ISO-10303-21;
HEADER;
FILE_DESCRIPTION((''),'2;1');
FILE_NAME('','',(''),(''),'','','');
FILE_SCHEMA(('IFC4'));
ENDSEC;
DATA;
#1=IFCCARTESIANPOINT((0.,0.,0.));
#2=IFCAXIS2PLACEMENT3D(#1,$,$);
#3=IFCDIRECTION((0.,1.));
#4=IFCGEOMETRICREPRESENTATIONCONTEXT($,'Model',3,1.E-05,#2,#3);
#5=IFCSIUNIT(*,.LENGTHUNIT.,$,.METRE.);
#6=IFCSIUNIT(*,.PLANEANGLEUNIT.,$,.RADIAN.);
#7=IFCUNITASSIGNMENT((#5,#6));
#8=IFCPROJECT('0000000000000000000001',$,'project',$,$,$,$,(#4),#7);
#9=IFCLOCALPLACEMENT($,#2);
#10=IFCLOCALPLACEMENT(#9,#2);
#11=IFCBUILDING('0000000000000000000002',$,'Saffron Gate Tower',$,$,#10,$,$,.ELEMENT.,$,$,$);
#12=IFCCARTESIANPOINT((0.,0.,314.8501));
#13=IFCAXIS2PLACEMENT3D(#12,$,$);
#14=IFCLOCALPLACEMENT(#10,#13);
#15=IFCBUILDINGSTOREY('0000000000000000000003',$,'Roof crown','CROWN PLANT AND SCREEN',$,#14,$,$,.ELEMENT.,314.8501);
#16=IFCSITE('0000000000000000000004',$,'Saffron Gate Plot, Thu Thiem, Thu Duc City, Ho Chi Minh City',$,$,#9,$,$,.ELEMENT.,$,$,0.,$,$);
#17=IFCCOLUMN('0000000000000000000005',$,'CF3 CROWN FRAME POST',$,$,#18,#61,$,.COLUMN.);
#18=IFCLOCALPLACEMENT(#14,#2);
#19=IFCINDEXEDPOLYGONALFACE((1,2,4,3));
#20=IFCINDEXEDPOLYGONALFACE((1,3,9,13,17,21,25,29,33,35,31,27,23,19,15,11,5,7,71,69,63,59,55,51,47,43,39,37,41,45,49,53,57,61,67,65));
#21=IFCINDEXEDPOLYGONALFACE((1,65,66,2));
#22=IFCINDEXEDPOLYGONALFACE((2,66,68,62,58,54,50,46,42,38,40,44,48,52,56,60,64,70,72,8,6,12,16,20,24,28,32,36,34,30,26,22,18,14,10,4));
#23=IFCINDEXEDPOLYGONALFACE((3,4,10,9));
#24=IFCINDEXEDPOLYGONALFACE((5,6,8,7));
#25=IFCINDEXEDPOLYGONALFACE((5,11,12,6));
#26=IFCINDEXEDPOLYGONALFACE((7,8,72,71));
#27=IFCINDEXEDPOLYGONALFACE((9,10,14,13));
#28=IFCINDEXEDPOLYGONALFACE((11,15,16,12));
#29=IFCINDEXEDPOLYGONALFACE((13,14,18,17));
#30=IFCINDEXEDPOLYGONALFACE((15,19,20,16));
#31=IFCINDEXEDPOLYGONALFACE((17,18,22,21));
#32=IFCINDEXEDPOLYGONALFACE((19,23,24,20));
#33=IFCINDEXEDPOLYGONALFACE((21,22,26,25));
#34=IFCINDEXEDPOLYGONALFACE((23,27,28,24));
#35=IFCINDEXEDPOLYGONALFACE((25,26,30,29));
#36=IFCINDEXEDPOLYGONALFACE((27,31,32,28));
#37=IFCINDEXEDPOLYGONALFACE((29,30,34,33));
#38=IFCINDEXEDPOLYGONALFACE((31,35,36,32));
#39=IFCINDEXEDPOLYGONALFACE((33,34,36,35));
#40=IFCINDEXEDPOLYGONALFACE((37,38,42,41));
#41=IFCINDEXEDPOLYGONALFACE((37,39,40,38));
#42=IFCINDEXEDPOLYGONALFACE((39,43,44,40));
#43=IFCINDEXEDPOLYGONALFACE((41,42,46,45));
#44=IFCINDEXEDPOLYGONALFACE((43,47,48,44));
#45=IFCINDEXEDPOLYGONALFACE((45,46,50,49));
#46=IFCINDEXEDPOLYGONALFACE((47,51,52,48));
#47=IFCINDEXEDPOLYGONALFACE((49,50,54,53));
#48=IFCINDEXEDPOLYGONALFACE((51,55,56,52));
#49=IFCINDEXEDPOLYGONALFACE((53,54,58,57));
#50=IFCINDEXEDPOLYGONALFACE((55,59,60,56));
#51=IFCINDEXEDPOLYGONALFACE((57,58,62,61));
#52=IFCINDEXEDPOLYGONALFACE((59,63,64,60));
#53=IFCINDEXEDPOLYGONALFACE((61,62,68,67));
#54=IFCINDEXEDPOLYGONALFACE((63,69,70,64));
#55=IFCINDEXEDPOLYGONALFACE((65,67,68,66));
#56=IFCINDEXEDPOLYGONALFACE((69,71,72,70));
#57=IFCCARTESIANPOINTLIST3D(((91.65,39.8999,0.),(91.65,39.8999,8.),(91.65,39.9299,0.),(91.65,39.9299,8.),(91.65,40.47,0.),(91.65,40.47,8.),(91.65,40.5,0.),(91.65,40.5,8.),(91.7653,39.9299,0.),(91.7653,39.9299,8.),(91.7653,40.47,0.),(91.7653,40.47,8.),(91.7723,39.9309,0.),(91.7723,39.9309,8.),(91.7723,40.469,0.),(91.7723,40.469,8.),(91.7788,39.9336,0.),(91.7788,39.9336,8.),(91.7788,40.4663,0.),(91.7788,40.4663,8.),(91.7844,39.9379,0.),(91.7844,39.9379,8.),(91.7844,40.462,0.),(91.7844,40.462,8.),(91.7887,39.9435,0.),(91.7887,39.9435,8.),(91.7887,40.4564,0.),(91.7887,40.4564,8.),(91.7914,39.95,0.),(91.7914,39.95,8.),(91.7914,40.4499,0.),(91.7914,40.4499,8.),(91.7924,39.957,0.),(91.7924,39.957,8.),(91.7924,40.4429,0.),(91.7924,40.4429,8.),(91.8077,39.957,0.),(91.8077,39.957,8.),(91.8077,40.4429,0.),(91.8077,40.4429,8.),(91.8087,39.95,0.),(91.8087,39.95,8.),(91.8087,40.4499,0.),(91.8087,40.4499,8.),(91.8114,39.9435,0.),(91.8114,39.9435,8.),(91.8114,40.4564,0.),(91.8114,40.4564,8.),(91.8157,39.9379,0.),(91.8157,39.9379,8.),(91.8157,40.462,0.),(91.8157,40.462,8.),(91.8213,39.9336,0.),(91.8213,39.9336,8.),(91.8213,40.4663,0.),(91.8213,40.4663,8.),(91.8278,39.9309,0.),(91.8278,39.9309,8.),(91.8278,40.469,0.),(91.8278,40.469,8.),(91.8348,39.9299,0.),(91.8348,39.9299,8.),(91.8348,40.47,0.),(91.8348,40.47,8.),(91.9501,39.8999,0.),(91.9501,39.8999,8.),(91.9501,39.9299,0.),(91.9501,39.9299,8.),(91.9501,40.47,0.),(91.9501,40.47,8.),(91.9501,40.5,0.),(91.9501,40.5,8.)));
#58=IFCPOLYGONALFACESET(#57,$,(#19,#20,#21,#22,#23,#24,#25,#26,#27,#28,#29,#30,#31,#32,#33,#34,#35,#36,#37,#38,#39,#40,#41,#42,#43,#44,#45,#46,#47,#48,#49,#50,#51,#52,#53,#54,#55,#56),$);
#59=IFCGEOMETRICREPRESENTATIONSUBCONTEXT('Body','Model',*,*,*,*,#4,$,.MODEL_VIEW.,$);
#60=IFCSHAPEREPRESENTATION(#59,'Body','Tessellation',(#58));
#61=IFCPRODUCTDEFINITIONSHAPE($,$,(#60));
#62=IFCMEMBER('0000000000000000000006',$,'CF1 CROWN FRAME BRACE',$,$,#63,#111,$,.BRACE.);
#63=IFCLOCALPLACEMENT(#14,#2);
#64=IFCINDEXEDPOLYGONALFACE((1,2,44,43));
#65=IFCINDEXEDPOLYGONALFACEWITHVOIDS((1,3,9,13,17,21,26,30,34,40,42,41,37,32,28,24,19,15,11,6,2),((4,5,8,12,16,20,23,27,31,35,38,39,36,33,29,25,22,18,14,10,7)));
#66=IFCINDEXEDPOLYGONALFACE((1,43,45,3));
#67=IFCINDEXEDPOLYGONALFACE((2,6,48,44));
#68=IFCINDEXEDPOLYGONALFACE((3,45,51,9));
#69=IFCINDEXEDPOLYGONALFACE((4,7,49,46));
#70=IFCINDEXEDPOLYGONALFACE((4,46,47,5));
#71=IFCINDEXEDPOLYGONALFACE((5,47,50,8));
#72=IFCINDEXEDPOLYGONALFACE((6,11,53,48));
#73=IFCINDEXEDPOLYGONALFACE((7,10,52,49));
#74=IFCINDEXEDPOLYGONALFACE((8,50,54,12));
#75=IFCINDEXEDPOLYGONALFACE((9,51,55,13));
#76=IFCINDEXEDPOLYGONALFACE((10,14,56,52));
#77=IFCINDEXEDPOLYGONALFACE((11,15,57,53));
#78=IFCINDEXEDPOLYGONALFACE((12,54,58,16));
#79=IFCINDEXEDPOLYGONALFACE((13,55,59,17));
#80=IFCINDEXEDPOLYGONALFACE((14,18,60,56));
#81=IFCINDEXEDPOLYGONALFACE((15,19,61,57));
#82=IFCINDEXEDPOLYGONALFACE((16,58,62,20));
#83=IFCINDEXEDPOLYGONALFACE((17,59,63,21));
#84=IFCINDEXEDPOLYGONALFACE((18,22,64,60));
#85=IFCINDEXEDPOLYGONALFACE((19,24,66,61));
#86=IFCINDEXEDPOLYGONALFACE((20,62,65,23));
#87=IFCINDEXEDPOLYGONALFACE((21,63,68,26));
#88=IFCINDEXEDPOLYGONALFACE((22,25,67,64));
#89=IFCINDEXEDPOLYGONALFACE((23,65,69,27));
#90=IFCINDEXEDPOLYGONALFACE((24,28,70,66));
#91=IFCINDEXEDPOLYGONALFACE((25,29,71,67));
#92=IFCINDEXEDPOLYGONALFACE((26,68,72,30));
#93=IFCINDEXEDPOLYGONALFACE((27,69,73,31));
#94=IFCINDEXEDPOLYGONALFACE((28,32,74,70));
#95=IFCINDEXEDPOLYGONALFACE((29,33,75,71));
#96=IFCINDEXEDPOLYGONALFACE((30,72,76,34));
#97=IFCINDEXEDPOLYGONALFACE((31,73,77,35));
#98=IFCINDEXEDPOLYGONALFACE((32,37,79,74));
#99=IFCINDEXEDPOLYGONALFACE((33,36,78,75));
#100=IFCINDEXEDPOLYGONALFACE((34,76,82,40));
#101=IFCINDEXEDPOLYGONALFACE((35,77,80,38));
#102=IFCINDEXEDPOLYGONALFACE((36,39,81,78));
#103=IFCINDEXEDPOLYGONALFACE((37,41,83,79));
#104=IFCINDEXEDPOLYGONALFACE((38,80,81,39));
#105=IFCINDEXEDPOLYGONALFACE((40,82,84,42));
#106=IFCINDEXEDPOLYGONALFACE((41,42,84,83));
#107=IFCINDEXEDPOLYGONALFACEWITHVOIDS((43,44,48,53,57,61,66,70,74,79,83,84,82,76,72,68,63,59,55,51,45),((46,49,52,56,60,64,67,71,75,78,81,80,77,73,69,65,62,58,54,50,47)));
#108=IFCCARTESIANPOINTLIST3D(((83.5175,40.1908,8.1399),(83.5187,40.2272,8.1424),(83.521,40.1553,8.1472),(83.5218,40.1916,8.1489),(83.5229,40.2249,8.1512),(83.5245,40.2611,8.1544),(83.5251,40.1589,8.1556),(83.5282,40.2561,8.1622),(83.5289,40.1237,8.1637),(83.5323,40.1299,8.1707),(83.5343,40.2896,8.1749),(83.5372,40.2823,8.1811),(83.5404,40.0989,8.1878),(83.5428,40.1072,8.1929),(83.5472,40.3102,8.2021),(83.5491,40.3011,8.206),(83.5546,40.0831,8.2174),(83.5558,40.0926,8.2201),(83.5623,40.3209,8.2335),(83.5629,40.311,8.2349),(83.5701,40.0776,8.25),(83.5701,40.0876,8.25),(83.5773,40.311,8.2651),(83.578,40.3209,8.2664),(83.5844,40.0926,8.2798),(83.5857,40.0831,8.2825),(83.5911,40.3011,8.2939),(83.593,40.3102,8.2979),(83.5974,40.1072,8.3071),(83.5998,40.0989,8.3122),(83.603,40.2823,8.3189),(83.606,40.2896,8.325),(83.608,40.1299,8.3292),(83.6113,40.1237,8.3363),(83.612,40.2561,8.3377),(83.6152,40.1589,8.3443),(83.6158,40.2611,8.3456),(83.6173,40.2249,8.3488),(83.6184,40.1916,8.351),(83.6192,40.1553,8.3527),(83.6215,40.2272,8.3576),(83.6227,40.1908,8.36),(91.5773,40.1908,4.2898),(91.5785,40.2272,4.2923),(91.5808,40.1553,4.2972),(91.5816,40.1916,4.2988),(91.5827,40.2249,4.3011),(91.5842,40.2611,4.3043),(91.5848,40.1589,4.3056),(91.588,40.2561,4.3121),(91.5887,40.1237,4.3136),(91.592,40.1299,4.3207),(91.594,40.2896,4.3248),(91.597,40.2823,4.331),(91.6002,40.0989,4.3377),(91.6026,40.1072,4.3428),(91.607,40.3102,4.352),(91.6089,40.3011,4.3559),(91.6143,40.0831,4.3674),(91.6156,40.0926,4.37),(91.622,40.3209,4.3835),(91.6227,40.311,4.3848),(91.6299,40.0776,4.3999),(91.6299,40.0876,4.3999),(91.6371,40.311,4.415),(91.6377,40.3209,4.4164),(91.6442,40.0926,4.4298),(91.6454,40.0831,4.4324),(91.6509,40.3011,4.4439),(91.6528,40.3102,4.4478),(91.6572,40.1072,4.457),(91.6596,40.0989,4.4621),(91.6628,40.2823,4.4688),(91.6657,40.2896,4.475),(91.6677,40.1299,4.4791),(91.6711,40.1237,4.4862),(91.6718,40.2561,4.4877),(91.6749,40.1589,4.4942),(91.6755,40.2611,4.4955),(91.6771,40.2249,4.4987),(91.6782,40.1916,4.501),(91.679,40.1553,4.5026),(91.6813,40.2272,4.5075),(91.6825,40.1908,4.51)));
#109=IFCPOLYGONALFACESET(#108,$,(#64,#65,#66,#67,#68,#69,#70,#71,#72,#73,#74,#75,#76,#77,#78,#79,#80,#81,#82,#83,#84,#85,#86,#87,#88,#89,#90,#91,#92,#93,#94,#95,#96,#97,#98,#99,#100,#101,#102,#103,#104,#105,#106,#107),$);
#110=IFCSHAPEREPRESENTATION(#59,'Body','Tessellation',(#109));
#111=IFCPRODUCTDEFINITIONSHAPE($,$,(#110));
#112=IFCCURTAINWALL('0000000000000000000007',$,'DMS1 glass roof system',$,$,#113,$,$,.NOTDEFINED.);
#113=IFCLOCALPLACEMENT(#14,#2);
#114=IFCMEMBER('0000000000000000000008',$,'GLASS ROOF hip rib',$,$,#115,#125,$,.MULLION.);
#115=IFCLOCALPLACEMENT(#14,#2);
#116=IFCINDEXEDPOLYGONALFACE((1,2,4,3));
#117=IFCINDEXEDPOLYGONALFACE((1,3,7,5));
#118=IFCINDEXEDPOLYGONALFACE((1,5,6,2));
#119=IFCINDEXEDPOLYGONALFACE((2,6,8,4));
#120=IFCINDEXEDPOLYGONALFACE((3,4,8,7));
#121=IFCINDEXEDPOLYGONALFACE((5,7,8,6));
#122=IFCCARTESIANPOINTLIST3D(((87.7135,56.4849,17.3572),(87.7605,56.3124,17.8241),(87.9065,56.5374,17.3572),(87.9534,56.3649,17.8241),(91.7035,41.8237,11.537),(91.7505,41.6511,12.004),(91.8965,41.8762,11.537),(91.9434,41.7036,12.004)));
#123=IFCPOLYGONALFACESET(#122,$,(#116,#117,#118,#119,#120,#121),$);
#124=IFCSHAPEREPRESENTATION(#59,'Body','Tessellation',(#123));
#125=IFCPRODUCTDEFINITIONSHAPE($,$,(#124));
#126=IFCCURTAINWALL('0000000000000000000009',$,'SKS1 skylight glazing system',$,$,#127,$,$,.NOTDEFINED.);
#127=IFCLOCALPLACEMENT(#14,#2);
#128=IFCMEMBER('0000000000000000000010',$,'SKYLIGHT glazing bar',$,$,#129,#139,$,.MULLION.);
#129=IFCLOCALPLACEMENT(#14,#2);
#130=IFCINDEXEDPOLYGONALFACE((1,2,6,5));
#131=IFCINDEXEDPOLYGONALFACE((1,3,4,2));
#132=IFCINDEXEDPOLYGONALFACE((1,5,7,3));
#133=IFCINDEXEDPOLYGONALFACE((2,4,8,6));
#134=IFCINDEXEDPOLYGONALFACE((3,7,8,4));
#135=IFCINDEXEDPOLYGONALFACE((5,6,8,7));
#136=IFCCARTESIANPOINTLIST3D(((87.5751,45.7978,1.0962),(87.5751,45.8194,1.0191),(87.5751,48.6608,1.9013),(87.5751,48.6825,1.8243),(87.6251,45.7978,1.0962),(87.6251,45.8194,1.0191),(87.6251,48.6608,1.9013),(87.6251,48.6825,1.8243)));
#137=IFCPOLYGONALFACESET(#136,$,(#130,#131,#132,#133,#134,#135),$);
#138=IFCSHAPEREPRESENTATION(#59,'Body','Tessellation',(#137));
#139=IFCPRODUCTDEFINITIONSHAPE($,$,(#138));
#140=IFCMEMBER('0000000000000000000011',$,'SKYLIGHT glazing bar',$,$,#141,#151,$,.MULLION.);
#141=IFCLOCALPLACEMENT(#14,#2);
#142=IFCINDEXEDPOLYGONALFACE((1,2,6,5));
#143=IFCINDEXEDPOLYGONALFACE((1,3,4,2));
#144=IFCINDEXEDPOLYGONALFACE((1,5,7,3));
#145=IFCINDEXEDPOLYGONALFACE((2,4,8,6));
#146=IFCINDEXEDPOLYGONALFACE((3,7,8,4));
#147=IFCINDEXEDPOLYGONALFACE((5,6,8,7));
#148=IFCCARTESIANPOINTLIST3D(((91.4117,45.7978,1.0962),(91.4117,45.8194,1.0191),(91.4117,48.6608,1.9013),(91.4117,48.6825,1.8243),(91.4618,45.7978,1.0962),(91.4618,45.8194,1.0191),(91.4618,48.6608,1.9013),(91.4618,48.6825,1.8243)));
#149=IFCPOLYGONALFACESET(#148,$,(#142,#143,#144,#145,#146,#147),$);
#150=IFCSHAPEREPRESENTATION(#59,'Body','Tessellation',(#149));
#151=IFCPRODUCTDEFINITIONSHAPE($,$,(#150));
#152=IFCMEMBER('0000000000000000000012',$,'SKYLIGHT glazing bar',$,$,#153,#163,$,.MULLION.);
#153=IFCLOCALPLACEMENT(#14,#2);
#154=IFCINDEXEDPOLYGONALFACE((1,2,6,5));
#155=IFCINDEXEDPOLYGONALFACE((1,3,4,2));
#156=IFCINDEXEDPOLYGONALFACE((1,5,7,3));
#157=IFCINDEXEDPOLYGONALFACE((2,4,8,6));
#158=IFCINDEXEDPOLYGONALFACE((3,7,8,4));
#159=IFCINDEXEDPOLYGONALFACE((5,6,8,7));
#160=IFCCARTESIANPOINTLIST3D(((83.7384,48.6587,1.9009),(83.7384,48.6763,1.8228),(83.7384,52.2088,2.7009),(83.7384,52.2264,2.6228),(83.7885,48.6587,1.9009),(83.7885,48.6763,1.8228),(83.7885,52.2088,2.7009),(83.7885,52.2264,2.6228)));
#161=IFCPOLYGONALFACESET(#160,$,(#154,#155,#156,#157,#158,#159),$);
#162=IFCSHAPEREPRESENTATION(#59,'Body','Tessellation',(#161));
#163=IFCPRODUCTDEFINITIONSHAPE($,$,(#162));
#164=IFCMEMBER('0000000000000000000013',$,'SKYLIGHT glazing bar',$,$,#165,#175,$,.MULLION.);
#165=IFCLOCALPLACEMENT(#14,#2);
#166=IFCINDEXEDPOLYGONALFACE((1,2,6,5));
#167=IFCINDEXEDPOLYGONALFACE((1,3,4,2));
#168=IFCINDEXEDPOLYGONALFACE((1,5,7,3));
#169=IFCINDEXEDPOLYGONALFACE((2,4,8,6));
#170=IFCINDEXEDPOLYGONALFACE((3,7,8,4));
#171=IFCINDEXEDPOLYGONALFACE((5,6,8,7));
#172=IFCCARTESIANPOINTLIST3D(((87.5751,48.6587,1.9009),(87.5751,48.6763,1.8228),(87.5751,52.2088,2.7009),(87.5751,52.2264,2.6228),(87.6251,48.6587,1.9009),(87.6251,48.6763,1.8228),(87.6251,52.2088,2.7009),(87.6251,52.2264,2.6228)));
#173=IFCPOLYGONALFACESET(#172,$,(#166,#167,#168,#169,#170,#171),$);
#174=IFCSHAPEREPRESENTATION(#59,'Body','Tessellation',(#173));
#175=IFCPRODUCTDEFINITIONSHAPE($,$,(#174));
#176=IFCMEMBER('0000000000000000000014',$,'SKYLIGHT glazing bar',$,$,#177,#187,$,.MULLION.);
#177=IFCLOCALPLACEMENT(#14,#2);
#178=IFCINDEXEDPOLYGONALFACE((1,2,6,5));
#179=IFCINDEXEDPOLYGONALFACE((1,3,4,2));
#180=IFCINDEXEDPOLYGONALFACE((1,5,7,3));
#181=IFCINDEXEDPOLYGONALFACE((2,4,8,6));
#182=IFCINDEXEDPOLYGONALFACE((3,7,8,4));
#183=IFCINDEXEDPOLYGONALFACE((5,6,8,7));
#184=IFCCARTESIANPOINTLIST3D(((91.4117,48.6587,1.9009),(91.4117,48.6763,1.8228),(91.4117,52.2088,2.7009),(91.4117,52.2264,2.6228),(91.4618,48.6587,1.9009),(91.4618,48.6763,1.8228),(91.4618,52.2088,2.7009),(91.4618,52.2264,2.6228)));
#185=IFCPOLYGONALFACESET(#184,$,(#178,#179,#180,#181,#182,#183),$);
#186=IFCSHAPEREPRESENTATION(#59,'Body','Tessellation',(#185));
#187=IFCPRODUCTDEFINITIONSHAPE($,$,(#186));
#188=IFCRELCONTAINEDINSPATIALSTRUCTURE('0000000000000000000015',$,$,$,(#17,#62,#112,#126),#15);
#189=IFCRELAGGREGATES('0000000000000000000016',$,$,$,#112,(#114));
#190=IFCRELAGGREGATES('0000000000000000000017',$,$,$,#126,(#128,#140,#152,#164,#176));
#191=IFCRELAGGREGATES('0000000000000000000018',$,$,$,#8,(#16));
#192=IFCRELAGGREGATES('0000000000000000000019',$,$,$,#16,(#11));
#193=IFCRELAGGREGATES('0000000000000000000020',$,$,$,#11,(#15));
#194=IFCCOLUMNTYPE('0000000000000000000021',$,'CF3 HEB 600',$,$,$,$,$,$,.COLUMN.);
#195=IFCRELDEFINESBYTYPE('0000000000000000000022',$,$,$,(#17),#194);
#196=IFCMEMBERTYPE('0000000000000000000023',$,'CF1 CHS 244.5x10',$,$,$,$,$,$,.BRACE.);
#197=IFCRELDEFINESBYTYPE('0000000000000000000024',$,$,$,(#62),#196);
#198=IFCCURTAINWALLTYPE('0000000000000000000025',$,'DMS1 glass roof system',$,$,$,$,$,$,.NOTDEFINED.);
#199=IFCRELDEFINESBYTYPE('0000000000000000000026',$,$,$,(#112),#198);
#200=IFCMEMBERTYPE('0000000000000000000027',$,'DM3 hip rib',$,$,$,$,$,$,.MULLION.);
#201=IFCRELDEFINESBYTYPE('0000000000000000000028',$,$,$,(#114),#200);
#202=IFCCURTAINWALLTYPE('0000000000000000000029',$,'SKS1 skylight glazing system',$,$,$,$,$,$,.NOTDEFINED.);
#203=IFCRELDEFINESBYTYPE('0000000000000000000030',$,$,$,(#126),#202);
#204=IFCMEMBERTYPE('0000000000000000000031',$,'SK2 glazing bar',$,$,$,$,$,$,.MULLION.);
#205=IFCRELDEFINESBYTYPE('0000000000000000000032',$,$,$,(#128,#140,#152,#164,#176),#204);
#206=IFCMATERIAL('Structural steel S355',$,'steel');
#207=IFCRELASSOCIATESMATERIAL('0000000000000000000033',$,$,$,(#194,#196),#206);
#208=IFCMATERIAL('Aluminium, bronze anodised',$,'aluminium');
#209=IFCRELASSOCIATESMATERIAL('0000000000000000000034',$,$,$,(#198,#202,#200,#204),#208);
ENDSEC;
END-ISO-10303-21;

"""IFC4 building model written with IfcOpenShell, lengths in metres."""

from ifc_helpers import new_model, si_unit, direction, frame, origin, origin_2d, place, context, subcontext, project, spatial, rectangle, hollow_circle, i_section, extrude, material, material_profile, profile_set, type_object, element, aggregate, save


model = new_model("IFC4")

# Units and contexts
model_context = context("Model", 3, precision=1e-05, world=origin(), true_north=direction((0.0, 1.0)))
body_context = subcontext(model_context, "Body", "Model", "MODEL_VIEW")
ifc_project = project(units=[si_unit("LENGTHUNIT", "METRE"), si_unit("PLANEANGLEUNIT", "RADIAN")], contexts=[model_context])

# Site, building, storey
site_placement = place(None, origin())
site = spatial("IfcSite", under=ifc_project, at=site_placement, Name="Saffron Gate Plot, Thu Thiem, Thu Duc City, Ho Chi Minh City", CompositionType="ELEMENT", RefElevation=0.0)
building_placement = place(site_placement, origin())
building = spatial("IfcBuilding", under=site, at=building_placement, Name="Saffron Gate Tower", CompositionType="ELEMENT")
storey_placement = place(building_placement, frame((0.0, 0.0, 314.8501)))
storey = spatial("IfcBuildingStorey", under=building, at=storey_placement, Name="Roof crown", Description="CROWN PLANT AND SCREEN", CompositionType="ELEMENT", Elevation=314.8501)

# Column
ifc_material_1 = material(Name="Structural steel S355", Category="steel")
ifc_material_profile_1 = material_profile(ifc_material_1, i_section(OverallWidth=0.3, OverallDepth=0.6001, WebThickness=0.0154, FlangeThickness=0.03, FilletRadius=0.0271, at=origin_2d()))
ifc_profile_set_1 = profile_set([ifc_material_profile_1], Name="Structural steel S355")
column_type = type_object("IfcColumnType", Name="CF3 HEB 600", PredefinedType="COLUMN", material=ifc_profile_set_1)
column_placement = place(storey_placement, frame((91.8, 40.2, 0.0), z_axis=(0.0, 0.0, 1.0), x_axis=(1.0, 0.0, 0.0)))
element("IfcColumn", 1, at=column_placement, inside=storey, type_object=column_type, Name="CF3 CROWN FRAME POST", PredefinedType="COLUMN", context=body_context, shape_type="SweptSolid", body=[
    extrude(i_section(OverallWidth=0.3, OverallDepth=0.6001, WebThickness=0.0154, FlangeThickness=0.03, FilletRadius=0.0271, at=origin_2d()), origin(), (0.0, 0.0, 1.0), 8.0),
])

# Member
ifc_material_profile_2 = material_profile(ifc_material_1, hollow_circle(Radius=0.1223, WallThickness=0.01, at=origin_2d()))
ifc_profile_set_2 = profile_set([ifc_material_profile_2], Name="Structural steel S355")
member_type_1 = type_object("IfcMemberType", Name="CF1 CHS 244.5x10", PredefinedType="BRACE", material=ifc_profile_set_2)
member_1_placement = place(storey_placement, frame((91.6299, 40.2, 4.3999), z_axis=(-0.902334, 0.0, 0.431037), x_axis=(0.0, -1.0, 0.0)))
element("IfcMember", 2, at=member_1_placement, inside=storey, type_object=member_type_1, Name="CF1 CROWN FRAME BRACE", PredefinedType="BRACE", context=body_context, shape_type="SweptSolid", body=[
    extrude(hollow_circle(Radius=0.1223, WallThickness=0.01, at=origin_2d()), origin(), (0.0, 0.0, 1.0), 8.9321),
])

# Curtain wall, member
ifc_material_2 = material(Name="Aluminium, bronze anodised", Category="aluminium")
curtain_wall_type_1 = type_object("IfcCurtainWallType", Name="DMS1 glass roof system", PredefinedType="NOTDEFINED", material=ifc_material_2)
curtain_wall_1_placement = place(storey_placement, origin())
curtain_wall_1 = element("IfcCurtainWall", 3, at=curtain_wall_1_placement, inside=storey, type_object=curtain_wall_type_1, Name="DMS1 glass roof system", PredefinedType="NOTDEFINED")
ifc_material_profile_3 = material_profile(ifc_material_2, rectangle(XDim=0.2, YDim=0.5, at=origin_2d()))
ifc_profile_set_3 = profile_set([ifc_material_profile_3], Name="Aluminium, bronze anodised")
member_type_2 = type_object("IfcMemberType", Name="DM3 hip rib", PredefinedType="MULLION", material=ifc_profile_set_3)
member_2_placement = place(storey_placement, frame((91.8235, 41.7637, 11.7705), z_axis=(-0.245223, 0.901065, 0.357698), x_axis=(-0.964906, -0.262597, 0.0)))
member_2 = element("IfcMember", 4, at=member_2_placement, type_object=member_type_2, Name="GLASS ROOF hip rib", PredefinedType="MULLION", context=body_context, shape_type="SweptSolid", body=[
    extrude(rectangle(XDim=0.2, YDim=0.5, at=origin_2d()), origin(), (0.0, 0.0, 1.0), 16.271),
])
aggregate(curtain_wall_1, [member_2])

# Curtain wall, members
curtain_wall_type_2 = type_object("IfcCurtainWallType", Name="SKS1 skylight glazing system", PredefinedType="NOTDEFINED", material=ifc_material_2)
curtain_wall_2_placement = place(storey_placement, origin())
curtain_wall_2 = element("IfcCurtainWall", 5, at=curtain_wall_2_placement, inside=storey, type_object=curtain_wall_type_2, Name="SKS1 skylight glazing system", PredefinedType="NOTDEFINED")
ifc_material_profile_4 = material_profile(ifc_material_2, rectangle(XDim=0.05, YDim=0.0801, at=origin_2d()))
ifc_profile_set_4 = profile_set([ifc_material_profile_4], Name="Aluminium, bronze anodised")
member_type_3 = type_object("IfcMemberType", Name="SK2 glazing bar", PredefinedType="MULLION", material=ifc_profile_set_4)
member_3_placement = place(storey_placement, frame((87.6001, 45.8086, 1.0576), z_axis=(0.0, 0.962656, 0.270729), x_axis=(-1.0, 0.0, 0.0)))
member_3 = element("IfcMember", 6, at=member_3_placement, type_object=member_type_3, Name="SKYLIGHT glazing bar", PredefinedType="MULLION", context=body_context, shape_type="SweptSolid", body=[
    extrude(rectangle(XDim=0.05, YDim=0.0801, at=origin_2d()), origin(), (0.0, 0.0, 1.0), 2.9741),
])
member_4_placement = place(storey_placement, frame((91.4368, 45.8086, 1.0576), z_axis=(0.0, 0.962656, 0.270729), x_axis=(-1.0, 0.0, 0.0)))
member_4 = element("IfcMember", 7, at=member_4_placement, type_object=member_type_3, Name="SKYLIGHT glazing bar", PredefinedType="MULLION", context=body_context, shape_type="SweptSolid", body=[
    extrude(rectangle(XDim=0.05, YDim=0.0801, at=origin_2d()), origin(), (0.0, 0.0, 1.0), 2.9741),
])
member_5_placement = place(storey_placement, frame((83.7634, 48.6675, 1.8618), z_axis=(0.0, 0.975534, 0.219849), x_axis=(-1.0, 0.0, 0.0)))
member_5 = element("IfcMember", 8, at=member_5_placement, type_object=member_type_3, Name="SKYLIGHT glazing bar", PredefinedType="MULLION", context=body_context, shape_type="SweptSolid", body=[
    extrude(rectangle(XDim=0.05, YDim=0.0801, at=origin_2d()), origin(), (0.0, 0.0, 1.0), 3.6392),
])
member_6_placement = place(storey_placement, frame((87.6001, 48.6675, 1.8618), z_axis=(0.0, 0.975534, 0.219849), x_axis=(-1.0, 0.0, 0.0)))
member_6 = element("IfcMember", 9, at=member_6_placement, type_object=member_type_3, Name="SKYLIGHT glazing bar", PredefinedType="MULLION", context=body_context, shape_type="SweptSolid", body=[
    extrude(rectangle(XDim=0.05, YDim=0.0801, at=origin_2d()), origin(), (0.0, 0.0, 1.0), 3.6392),
])
member_7_placement = place(storey_placement, frame((91.4368, 48.6675, 1.8618), z_axis=(0.0, 0.975534, 0.219849), x_axis=(-1.0, 0.0, 0.0)))
member_7 = element("IfcMember", 10, at=member_7_placement, type_object=member_type_3, Name="SKYLIGHT glazing bar", PredefinedType="MULLION", context=body_context, shape_type="SweptSolid", body=[
    extrude(rectangle(XDim=0.05, YDim=0.0801, at=origin_2d()), origin(), (0.0, 0.0, 1.0), 3.6392),
])
aggregate(curtain_wall_2, [member_3, member_4, member_5, member_6, member_7])

save(model, "model.ifc")
